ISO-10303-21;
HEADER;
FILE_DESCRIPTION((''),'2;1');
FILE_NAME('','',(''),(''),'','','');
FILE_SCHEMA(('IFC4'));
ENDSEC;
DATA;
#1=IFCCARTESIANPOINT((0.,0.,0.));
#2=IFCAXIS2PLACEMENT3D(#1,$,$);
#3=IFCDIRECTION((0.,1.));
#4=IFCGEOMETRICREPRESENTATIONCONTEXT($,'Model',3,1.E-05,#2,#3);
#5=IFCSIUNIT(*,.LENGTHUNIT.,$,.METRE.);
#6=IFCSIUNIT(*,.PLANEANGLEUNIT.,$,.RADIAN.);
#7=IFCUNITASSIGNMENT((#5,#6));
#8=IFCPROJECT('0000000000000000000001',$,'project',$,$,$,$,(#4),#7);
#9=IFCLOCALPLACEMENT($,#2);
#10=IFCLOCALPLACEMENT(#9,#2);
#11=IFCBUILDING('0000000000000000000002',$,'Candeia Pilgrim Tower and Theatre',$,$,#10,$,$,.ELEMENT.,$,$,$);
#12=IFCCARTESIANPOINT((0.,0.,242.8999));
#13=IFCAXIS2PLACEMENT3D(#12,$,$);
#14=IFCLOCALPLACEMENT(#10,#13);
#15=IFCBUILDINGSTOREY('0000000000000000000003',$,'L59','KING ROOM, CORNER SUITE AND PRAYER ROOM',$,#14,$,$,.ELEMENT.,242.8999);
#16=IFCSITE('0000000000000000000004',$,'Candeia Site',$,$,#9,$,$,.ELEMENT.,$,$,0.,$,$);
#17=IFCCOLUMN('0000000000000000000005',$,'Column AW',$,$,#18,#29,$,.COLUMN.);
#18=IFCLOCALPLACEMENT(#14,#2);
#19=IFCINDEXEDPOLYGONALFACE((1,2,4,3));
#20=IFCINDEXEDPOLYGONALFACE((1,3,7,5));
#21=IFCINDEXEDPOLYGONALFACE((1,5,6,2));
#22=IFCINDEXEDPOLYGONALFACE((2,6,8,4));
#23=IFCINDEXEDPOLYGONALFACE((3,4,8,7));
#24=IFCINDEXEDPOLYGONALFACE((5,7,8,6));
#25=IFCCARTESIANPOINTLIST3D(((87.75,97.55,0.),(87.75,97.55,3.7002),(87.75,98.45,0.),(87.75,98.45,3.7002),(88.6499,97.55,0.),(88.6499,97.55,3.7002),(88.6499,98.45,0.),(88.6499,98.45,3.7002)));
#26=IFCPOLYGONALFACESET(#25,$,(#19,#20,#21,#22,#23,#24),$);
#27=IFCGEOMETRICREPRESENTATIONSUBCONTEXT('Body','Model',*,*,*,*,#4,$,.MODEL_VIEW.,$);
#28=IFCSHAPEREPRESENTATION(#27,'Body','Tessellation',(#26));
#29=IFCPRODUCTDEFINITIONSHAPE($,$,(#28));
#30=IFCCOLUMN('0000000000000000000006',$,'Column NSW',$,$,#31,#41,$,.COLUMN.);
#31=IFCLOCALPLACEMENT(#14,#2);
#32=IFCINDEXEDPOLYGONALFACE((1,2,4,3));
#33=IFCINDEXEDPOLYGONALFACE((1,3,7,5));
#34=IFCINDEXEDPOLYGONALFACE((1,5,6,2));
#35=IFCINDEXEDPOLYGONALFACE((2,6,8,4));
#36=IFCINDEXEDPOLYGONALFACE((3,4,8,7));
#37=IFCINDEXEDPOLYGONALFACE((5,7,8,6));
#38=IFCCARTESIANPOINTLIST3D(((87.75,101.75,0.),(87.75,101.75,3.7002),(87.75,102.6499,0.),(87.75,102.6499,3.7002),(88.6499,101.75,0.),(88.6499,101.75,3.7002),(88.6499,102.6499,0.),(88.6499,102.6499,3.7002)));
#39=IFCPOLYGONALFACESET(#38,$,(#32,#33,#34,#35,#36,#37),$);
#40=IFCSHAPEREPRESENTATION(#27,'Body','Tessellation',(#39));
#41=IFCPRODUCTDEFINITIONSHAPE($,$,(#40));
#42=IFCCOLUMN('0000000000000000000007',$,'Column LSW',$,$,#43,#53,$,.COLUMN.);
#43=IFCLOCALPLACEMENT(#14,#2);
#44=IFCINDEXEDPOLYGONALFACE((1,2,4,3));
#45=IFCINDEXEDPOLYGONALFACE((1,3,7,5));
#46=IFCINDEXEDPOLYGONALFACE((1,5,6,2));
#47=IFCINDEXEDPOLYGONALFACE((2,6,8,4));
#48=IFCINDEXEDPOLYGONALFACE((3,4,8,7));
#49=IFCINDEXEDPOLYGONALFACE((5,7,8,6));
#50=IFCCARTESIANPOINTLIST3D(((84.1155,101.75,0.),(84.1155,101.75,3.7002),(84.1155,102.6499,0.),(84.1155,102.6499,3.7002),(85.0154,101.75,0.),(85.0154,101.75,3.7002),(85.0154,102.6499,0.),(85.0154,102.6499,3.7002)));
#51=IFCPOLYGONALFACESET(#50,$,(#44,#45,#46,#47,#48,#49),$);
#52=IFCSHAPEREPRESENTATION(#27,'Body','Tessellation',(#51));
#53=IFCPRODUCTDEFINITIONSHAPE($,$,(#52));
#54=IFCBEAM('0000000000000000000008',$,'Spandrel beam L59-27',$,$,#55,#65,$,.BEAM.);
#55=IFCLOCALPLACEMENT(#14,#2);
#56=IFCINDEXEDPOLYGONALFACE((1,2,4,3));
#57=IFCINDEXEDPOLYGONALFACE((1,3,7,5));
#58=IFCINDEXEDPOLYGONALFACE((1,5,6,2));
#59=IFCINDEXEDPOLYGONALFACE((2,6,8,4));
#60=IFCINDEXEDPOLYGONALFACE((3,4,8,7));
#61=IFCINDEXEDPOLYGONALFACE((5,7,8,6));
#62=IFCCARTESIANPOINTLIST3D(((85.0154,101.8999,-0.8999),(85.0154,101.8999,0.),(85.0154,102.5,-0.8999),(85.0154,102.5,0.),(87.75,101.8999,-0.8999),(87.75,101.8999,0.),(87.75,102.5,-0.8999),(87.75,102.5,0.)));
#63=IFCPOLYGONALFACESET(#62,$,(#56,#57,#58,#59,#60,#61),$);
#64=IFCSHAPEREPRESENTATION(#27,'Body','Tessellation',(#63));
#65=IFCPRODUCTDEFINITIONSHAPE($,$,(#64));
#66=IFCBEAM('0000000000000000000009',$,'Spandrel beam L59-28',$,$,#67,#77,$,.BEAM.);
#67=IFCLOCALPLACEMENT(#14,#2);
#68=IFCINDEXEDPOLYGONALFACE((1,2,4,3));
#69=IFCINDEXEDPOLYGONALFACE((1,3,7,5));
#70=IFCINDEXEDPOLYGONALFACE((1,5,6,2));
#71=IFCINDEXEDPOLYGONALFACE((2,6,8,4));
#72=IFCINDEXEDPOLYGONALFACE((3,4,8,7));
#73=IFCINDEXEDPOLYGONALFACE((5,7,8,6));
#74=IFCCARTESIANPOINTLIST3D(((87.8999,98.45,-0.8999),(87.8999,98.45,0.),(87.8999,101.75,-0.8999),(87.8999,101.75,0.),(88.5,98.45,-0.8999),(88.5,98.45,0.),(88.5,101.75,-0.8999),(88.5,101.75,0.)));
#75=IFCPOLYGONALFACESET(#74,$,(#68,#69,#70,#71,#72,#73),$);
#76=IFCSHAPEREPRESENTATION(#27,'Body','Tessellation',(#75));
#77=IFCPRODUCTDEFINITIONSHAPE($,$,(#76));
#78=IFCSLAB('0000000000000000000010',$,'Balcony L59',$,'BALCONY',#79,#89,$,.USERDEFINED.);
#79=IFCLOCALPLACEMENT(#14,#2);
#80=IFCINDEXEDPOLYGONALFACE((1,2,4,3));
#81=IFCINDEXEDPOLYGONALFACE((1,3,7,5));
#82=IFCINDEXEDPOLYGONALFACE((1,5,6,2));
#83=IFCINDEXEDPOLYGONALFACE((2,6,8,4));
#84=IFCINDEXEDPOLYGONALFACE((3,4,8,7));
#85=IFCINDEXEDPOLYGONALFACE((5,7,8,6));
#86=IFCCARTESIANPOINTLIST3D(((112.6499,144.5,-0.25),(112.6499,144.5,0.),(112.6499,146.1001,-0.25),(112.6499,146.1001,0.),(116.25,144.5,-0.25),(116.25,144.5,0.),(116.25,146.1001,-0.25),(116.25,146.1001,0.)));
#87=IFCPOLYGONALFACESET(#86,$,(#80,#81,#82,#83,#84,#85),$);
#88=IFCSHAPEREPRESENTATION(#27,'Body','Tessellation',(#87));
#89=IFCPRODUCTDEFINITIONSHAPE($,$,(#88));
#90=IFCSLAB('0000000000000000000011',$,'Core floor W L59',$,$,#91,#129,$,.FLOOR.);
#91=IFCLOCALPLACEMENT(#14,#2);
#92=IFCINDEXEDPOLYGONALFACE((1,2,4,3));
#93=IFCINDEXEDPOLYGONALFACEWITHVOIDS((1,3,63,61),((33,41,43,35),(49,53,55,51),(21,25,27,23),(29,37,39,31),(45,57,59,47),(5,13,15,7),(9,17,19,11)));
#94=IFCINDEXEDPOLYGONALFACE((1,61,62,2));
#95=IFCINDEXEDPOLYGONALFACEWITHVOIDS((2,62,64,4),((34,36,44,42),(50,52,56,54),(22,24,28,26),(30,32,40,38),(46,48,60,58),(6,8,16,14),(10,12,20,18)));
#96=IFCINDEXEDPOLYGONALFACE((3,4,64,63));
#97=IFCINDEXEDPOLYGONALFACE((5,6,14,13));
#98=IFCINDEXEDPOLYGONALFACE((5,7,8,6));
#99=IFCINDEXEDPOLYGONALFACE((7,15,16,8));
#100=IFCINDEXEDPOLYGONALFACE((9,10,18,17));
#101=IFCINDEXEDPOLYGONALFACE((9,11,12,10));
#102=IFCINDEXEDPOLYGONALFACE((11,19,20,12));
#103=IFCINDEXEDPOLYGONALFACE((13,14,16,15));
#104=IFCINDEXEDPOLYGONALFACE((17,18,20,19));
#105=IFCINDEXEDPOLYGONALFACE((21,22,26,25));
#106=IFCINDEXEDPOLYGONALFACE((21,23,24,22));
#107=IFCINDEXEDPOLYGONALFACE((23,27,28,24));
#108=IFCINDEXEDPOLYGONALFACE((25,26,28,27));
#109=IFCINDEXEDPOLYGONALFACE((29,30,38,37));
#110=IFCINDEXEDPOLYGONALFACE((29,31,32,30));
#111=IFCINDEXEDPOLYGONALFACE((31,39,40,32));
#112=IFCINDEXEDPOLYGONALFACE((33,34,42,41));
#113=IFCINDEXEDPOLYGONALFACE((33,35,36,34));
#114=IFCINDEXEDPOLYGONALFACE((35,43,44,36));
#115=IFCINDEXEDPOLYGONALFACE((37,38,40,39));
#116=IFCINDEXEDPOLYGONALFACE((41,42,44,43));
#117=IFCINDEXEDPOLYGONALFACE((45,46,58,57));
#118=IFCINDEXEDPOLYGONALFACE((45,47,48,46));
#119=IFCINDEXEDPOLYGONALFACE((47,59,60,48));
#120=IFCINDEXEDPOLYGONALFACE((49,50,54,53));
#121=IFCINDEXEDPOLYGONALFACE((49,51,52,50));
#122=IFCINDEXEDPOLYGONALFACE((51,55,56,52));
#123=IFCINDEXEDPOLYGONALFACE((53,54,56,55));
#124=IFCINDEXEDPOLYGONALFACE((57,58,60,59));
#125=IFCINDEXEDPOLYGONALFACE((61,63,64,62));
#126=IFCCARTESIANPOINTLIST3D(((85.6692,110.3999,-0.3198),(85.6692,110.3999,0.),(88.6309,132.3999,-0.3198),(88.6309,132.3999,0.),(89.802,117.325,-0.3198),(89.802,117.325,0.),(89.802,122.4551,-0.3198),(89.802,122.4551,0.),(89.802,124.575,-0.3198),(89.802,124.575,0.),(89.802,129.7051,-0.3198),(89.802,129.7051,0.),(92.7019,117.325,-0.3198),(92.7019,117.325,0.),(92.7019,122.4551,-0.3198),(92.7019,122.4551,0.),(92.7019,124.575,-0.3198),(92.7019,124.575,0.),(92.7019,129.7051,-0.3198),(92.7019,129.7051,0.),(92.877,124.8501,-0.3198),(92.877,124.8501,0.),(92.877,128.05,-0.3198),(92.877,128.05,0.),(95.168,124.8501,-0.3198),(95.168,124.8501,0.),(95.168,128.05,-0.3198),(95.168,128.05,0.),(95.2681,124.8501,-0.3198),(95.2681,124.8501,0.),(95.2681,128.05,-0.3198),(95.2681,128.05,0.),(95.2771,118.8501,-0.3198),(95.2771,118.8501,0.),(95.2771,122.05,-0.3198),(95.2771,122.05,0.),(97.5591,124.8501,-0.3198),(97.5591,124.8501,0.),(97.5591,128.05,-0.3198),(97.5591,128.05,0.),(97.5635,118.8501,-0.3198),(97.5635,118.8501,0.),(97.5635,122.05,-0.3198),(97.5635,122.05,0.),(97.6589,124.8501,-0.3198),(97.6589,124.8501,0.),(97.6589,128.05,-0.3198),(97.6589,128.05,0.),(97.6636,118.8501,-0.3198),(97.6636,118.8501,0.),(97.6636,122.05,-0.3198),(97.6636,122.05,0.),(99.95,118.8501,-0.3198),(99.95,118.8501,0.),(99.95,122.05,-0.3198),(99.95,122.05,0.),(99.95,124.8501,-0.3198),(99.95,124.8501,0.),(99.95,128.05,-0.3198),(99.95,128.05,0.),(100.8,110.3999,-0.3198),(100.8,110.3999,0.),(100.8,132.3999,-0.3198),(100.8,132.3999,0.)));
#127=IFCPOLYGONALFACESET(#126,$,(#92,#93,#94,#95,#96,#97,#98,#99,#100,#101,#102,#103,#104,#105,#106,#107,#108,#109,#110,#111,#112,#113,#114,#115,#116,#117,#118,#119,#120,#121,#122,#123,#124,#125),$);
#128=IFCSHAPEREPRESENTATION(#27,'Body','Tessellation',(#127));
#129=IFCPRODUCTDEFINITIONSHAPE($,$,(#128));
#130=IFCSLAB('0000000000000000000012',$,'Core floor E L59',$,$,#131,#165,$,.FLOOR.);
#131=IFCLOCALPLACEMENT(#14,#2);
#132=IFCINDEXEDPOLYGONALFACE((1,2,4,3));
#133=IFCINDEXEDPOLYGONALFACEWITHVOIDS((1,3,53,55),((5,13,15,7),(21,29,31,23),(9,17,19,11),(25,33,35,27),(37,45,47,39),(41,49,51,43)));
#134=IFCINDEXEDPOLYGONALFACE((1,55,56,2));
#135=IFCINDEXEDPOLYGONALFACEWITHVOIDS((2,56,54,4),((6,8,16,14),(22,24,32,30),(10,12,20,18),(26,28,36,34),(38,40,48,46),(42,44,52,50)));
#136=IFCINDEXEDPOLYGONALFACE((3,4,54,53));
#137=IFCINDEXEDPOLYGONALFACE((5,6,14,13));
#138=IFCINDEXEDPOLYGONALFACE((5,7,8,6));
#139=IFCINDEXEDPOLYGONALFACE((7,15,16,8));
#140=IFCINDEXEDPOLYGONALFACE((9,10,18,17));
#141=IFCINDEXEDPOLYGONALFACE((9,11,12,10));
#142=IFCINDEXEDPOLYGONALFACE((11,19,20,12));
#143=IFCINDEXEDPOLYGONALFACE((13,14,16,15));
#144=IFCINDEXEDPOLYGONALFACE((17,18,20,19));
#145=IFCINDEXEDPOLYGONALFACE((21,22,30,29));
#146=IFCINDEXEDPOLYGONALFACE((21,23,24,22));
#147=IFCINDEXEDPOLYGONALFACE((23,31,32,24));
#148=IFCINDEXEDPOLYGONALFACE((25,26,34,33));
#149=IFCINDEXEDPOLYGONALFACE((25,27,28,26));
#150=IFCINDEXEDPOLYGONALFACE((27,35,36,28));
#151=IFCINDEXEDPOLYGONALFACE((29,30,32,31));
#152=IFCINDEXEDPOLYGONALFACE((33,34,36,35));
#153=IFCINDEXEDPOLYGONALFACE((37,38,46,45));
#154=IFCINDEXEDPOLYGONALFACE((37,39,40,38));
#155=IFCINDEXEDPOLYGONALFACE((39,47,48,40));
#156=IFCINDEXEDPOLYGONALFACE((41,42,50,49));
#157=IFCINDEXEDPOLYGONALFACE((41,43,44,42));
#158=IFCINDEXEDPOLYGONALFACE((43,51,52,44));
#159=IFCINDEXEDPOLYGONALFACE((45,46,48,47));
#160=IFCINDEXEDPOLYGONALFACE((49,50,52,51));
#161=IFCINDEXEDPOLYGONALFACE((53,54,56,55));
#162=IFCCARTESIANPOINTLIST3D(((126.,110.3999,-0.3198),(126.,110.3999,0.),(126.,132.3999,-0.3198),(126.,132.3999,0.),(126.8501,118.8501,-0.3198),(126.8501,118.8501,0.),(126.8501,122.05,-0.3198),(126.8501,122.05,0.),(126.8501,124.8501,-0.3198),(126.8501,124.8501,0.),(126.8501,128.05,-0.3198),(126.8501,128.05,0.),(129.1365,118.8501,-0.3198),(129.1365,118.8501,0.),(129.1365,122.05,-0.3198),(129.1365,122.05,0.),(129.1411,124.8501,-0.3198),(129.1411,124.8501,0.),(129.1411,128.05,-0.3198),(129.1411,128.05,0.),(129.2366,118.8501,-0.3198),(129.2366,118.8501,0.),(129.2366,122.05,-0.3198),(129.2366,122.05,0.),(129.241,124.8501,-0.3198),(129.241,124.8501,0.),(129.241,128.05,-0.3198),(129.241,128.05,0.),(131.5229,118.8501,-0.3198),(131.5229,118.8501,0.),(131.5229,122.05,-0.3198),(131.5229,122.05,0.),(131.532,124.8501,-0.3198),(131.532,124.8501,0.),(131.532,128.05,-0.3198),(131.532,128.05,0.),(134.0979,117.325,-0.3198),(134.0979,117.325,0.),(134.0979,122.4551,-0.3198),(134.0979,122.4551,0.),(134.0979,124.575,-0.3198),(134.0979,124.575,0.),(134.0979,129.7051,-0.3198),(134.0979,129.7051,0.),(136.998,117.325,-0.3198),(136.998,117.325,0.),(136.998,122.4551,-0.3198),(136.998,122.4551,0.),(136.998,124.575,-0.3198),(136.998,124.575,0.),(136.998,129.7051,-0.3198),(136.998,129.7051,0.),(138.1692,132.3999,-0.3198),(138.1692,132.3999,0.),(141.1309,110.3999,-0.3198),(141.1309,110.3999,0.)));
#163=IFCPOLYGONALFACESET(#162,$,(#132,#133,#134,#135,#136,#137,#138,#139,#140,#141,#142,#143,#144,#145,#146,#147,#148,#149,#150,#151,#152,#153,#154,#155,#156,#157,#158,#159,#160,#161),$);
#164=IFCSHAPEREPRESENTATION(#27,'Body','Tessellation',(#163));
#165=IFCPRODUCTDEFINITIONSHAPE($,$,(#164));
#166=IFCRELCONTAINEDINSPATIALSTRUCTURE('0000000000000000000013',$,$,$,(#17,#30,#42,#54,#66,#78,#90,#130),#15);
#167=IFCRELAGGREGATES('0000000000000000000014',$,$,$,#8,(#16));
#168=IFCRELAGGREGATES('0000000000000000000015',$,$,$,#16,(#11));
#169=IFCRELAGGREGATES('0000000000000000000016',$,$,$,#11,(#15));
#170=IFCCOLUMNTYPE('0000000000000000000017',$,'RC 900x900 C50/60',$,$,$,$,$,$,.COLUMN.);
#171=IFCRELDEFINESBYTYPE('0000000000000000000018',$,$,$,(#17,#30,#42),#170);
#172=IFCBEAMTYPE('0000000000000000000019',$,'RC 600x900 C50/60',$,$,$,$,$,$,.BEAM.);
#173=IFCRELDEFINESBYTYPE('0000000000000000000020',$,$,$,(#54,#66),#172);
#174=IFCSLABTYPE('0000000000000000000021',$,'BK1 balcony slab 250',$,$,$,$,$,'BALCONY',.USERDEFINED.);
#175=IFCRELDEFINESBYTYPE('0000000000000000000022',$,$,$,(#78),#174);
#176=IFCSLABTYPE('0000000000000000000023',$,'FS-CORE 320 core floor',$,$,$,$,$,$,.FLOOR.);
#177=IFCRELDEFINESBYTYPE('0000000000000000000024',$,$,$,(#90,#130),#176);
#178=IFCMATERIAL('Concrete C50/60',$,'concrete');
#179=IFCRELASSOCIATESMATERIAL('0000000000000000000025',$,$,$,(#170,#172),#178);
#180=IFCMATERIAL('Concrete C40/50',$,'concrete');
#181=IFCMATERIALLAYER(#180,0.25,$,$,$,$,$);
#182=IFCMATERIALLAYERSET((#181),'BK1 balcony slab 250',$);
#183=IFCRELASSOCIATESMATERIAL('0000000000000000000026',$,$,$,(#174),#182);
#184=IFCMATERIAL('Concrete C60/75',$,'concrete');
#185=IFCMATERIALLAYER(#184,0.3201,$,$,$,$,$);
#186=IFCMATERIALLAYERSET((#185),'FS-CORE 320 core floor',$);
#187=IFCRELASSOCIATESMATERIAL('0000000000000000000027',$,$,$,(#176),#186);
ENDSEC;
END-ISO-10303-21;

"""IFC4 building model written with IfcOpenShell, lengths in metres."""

from ifc_helpers import new_model, si_unit, direction, frame, origin, origin_2d, place, context, subcontext, project, spatial, polyline, rectangle, outline, extrude, material, layer, layer_set, material_profile, profile_set, type_object, element, save


model = new_model("IFC4")

# Units and contexts
model_context = context("Model", 3, precision=1e-05, world=origin(), true_north=direction((0.0, 1.0)))
body_context = subcontext(model_context, "Body", "Model", "MODEL_VIEW")
ifc_project = project(units=[si_unit("LENGTHUNIT", "METRE"), si_unit("PLANEANGLEUNIT", "RADIAN")], contexts=[model_context])

# Site, building, storey
site_placement = place(None, origin())
site = spatial("IfcSite", under=ifc_project, at=site_placement, Name="Candeia Site", CompositionType="ELEMENT", RefElevation=0.0)
building_placement = place(site_placement, origin())
building = spatial("IfcBuilding", under=site, at=building_placement, Name="Candeia Pilgrim Tower and Theatre", CompositionType="ELEMENT")
storey_placement = place(building_placement, frame((0.0, 0.0, 242.8999)))
storey = spatial("IfcBuildingStorey", under=building, at=storey_placement, Name="L59", Description="KING ROOM, CORNER SUITE AND PRAYER ROOM", CompositionType="ELEMENT", Elevation=242.8999)

# Columns
ifc_material_1 = material(Name="Concrete C50/60", Category="concrete")
ifc_material_profile_1 = material_profile(ifc_material_1, rectangle(XDim=0.8999, YDim=0.8999, at=origin_2d()))
ifc_profile_set_1 = profile_set([ifc_material_profile_1], Name="Concrete C50/60")
column_type = type_object("IfcColumnType", Name="RC 900x900 C50/60", PredefinedType="COLUMN", material=ifc_profile_set_1)
for number, where, z_axis, x_axis, name in (
    (1, (88.2, 98.0, 0.0), (0.0, 0.0, 1.0), (1.0, 0.0, 0.0), "Column AW"),
    (2, (88.2, 102.2, 0.0), (0.0, 0.0, 1.0), (1.0, 0.0, 0.0), "Column NSW"),
    (3, (84.5654, 102.2, 0.0), (0.0, 0.0, 1.0), (1.0, 0.0, 0.0), "Column LSW"),
):
    element("IfcColumn", number, at=place(storey_placement, frame(where, z_axis=z_axis, x_axis=x_axis)), inside=storey, type_object=column_type, Name=name, PredefinedType="COLUMN", context=body_context, shape_type="SweptSolid", body=[
        extrude(rectangle(XDim=0.8999, YDim=0.8999, at=origin_2d()), origin(), (0.0, 0.0, 1.0), 3.7002),
    ])

# Beams
ifc_material_profile_2 = material_profile(ifc_material_1, rectangle(XDim=0.6001, YDim=0.8999, at=origin_2d()))
ifc_profile_set_2 = profile_set([ifc_material_profile_2], Name="Concrete C50/60")
beam_type = type_object("IfcBeamType", Name="RC 600x900 C50/60", PredefinedType="BEAM", material=ifc_profile_set_2)
beam_1_placement = place(storey_placement, frame((85.0154, 102.2, -0.45), z_axis=(1.0, 0.0, 0.0), x_axis=(0.0, 1.0, 0.0)))
element("IfcBeam", 4, at=beam_1_placement, inside=storey, type_object=beam_type, Name="Spandrel beam L59-27", PredefinedType="BEAM", context=body_context, shape_type="SweptSolid", body=[
    extrude(rectangle(XDim=0.6001, YDim=0.8999, at=origin_2d()), origin(), (0.0, 0.0, 1.0), 2.7346),
])
beam_2_placement = place(storey_placement, frame((88.2, 101.75, -0.45), z_axis=(0.0, -1.0, 0.0), x_axis=(1.0, 0.0, 0.0)))
element("IfcBeam", 5, at=beam_2_placement, inside=storey, type_object=beam_type, Name="Spandrel beam L59-28", PredefinedType="BEAM", context=body_context, shape_type="SweptSolid", body=[
    extrude(rectangle(XDim=0.6001, YDim=0.8999, at=origin_2d()), origin(), (0.0, 0.0, 1.0), 3.3),
])

# Slabs
ifc_material_2 = material(Name="Concrete C40/50", Category="concrete")
ifc_layer_1 = layer(ifc_material_2, 0.25)
ifc_layer_set_1 = layer_set([ifc_layer_1], Name="BK1 balcony slab 250")
slab_type_1 = type_object("IfcSlabType", Name="BK1 balcony slab 250", ElementType="BALCONY", PredefinedType="USERDEFINED", material=ifc_layer_set_1)
slab_1_placement = place(storey_placement, frame((0.0, 0.0, -0.25)))
element("IfcSlab", 6, at=slab_1_placement, inside=storey, type_object=slab_type_1, Name="Balcony L59", ObjectType="BALCONY", PredefinedType="USERDEFINED", context=body_context, shape_type="SweptSolid", body=[
    extrude(outline(polyline([(112.6499, 144.5), (116.25, 144.5), (116.25, 146.1001), (112.6499, 146.1001), (112.6499, 144.5)])), origin(), (0.0, 0.0, 1.0), 0.25),
])
ifc_material_3 = material(Name="Concrete C60/75", Category="concrete")
ifc_layer_2 = layer(ifc_material_3, 0.3201)
ifc_layer_set_2 = layer_set([ifc_layer_2], Name="FS-CORE 320 core floor")
slab_type_2 = type_object("IfcSlabType", Name="FS-CORE 320 core floor", PredefinedType="FLOOR", material=ifc_layer_set_2)
slab_2_placement = place(storey_placement, frame((0.0, 0.0, -0.3198)))
element("IfcSlab", 7, at=slab_2_placement, inside=storey, type_object=slab_type_2, Name="Core floor W L59", PredefinedType="FLOOR", context=body_context, shape_type="SweptSolid", body=[
    extrude(outline(polyline([(100.8, 132.3999), (100.8, 110.3999), (85.6692, 110.3999), (88.6309, 132.3999), (100.8, 132.3999)]), holes=[polyline([(97.6589, 128.05), (97.6589, 124.8501), (99.95, 124.8501), (99.95, 128.05), (97.6589, 128.05)]), polyline([(97.6636, 122.05), (97.6636, 118.8501), (99.95, 118.8501), (99.95, 122.05), (97.6636, 122.05)]), polyline([(95.2771, 122.05), (95.2771, 118.8501), (97.5635, 118.8501), (97.5635, 122.05), (95.2771, 122.05)]), polyline([(95.2681, 128.05), (95.2681, 124.8501), (97.5591, 124.8501), (97.5591, 128.05), (95.2681, 128.05)]), polyline([(92.877, 128.05), (92.877, 124.8501), (95.168, 124.8501), (95.168, 128.05), (92.877, 128.05)]), polyline([(89.802, 117.325), (92.7019, 117.325), (92.7019, 122.4551), (89.802, 122.4551), (89.802, 117.325)]), polyline([(89.802, 129.7051), (89.802, 124.575), (92.7019, 124.575), (92.7019, 129.7051), (89.802, 129.7051)])]), origin(), (0.0, 0.0, 1.0), 0.3198),
])
slab_3_placement = place(storey_placement, frame((0.0, 0.0, -0.3198)))
element("IfcSlab", 8, at=slab_3_placement, inside=storey, type_object=slab_type_2, Name="Core floor E L59", PredefinedType="FLOOR", context=body_context, shape_type="SweptSolid", body=[
    extrude(outline(polyline([(138.1692, 132.3999), (141.1309, 110.3999), (126.0, 110.3999), (126.0, 132.3999), (138.1692, 132.3999)]), holes=[polyline([(134.0979, 117.325), (136.998, 117.325), (136.998, 122.4551), (134.0979, 122.4551), (134.0979, 117.325)]), polyline([(134.0979, 129.7051), (134.0979, 124.575), (136.998, 124.575), (136.998, 129.7051), (134.0979, 129.7051)]), polyline([(131.532, 128.05), (129.241, 128.05), (129.241, 124.8501), (131.532, 124.8501), (131.532, 128.05)]), polyline([(131.5229, 122.05), (129.2366, 122.05), (129.2366, 118.8501), (131.5229, 118.8501), (131.5229, 122.05)]), polyline([(126.8501, 128.05), (126.8501, 124.8501), (129.1411, 124.8501), (129.1411, 128.05), (126.8501, 128.05)]), polyline([(129.1365, 122.05), (126.8501, 122.05), (126.8501, 118.8501), (129.1365, 118.8501), (129.1365, 122.05)])]), origin(), (0.0, 0.0, 1.0), 0.3198),
])

save(model, "model.ifc")
